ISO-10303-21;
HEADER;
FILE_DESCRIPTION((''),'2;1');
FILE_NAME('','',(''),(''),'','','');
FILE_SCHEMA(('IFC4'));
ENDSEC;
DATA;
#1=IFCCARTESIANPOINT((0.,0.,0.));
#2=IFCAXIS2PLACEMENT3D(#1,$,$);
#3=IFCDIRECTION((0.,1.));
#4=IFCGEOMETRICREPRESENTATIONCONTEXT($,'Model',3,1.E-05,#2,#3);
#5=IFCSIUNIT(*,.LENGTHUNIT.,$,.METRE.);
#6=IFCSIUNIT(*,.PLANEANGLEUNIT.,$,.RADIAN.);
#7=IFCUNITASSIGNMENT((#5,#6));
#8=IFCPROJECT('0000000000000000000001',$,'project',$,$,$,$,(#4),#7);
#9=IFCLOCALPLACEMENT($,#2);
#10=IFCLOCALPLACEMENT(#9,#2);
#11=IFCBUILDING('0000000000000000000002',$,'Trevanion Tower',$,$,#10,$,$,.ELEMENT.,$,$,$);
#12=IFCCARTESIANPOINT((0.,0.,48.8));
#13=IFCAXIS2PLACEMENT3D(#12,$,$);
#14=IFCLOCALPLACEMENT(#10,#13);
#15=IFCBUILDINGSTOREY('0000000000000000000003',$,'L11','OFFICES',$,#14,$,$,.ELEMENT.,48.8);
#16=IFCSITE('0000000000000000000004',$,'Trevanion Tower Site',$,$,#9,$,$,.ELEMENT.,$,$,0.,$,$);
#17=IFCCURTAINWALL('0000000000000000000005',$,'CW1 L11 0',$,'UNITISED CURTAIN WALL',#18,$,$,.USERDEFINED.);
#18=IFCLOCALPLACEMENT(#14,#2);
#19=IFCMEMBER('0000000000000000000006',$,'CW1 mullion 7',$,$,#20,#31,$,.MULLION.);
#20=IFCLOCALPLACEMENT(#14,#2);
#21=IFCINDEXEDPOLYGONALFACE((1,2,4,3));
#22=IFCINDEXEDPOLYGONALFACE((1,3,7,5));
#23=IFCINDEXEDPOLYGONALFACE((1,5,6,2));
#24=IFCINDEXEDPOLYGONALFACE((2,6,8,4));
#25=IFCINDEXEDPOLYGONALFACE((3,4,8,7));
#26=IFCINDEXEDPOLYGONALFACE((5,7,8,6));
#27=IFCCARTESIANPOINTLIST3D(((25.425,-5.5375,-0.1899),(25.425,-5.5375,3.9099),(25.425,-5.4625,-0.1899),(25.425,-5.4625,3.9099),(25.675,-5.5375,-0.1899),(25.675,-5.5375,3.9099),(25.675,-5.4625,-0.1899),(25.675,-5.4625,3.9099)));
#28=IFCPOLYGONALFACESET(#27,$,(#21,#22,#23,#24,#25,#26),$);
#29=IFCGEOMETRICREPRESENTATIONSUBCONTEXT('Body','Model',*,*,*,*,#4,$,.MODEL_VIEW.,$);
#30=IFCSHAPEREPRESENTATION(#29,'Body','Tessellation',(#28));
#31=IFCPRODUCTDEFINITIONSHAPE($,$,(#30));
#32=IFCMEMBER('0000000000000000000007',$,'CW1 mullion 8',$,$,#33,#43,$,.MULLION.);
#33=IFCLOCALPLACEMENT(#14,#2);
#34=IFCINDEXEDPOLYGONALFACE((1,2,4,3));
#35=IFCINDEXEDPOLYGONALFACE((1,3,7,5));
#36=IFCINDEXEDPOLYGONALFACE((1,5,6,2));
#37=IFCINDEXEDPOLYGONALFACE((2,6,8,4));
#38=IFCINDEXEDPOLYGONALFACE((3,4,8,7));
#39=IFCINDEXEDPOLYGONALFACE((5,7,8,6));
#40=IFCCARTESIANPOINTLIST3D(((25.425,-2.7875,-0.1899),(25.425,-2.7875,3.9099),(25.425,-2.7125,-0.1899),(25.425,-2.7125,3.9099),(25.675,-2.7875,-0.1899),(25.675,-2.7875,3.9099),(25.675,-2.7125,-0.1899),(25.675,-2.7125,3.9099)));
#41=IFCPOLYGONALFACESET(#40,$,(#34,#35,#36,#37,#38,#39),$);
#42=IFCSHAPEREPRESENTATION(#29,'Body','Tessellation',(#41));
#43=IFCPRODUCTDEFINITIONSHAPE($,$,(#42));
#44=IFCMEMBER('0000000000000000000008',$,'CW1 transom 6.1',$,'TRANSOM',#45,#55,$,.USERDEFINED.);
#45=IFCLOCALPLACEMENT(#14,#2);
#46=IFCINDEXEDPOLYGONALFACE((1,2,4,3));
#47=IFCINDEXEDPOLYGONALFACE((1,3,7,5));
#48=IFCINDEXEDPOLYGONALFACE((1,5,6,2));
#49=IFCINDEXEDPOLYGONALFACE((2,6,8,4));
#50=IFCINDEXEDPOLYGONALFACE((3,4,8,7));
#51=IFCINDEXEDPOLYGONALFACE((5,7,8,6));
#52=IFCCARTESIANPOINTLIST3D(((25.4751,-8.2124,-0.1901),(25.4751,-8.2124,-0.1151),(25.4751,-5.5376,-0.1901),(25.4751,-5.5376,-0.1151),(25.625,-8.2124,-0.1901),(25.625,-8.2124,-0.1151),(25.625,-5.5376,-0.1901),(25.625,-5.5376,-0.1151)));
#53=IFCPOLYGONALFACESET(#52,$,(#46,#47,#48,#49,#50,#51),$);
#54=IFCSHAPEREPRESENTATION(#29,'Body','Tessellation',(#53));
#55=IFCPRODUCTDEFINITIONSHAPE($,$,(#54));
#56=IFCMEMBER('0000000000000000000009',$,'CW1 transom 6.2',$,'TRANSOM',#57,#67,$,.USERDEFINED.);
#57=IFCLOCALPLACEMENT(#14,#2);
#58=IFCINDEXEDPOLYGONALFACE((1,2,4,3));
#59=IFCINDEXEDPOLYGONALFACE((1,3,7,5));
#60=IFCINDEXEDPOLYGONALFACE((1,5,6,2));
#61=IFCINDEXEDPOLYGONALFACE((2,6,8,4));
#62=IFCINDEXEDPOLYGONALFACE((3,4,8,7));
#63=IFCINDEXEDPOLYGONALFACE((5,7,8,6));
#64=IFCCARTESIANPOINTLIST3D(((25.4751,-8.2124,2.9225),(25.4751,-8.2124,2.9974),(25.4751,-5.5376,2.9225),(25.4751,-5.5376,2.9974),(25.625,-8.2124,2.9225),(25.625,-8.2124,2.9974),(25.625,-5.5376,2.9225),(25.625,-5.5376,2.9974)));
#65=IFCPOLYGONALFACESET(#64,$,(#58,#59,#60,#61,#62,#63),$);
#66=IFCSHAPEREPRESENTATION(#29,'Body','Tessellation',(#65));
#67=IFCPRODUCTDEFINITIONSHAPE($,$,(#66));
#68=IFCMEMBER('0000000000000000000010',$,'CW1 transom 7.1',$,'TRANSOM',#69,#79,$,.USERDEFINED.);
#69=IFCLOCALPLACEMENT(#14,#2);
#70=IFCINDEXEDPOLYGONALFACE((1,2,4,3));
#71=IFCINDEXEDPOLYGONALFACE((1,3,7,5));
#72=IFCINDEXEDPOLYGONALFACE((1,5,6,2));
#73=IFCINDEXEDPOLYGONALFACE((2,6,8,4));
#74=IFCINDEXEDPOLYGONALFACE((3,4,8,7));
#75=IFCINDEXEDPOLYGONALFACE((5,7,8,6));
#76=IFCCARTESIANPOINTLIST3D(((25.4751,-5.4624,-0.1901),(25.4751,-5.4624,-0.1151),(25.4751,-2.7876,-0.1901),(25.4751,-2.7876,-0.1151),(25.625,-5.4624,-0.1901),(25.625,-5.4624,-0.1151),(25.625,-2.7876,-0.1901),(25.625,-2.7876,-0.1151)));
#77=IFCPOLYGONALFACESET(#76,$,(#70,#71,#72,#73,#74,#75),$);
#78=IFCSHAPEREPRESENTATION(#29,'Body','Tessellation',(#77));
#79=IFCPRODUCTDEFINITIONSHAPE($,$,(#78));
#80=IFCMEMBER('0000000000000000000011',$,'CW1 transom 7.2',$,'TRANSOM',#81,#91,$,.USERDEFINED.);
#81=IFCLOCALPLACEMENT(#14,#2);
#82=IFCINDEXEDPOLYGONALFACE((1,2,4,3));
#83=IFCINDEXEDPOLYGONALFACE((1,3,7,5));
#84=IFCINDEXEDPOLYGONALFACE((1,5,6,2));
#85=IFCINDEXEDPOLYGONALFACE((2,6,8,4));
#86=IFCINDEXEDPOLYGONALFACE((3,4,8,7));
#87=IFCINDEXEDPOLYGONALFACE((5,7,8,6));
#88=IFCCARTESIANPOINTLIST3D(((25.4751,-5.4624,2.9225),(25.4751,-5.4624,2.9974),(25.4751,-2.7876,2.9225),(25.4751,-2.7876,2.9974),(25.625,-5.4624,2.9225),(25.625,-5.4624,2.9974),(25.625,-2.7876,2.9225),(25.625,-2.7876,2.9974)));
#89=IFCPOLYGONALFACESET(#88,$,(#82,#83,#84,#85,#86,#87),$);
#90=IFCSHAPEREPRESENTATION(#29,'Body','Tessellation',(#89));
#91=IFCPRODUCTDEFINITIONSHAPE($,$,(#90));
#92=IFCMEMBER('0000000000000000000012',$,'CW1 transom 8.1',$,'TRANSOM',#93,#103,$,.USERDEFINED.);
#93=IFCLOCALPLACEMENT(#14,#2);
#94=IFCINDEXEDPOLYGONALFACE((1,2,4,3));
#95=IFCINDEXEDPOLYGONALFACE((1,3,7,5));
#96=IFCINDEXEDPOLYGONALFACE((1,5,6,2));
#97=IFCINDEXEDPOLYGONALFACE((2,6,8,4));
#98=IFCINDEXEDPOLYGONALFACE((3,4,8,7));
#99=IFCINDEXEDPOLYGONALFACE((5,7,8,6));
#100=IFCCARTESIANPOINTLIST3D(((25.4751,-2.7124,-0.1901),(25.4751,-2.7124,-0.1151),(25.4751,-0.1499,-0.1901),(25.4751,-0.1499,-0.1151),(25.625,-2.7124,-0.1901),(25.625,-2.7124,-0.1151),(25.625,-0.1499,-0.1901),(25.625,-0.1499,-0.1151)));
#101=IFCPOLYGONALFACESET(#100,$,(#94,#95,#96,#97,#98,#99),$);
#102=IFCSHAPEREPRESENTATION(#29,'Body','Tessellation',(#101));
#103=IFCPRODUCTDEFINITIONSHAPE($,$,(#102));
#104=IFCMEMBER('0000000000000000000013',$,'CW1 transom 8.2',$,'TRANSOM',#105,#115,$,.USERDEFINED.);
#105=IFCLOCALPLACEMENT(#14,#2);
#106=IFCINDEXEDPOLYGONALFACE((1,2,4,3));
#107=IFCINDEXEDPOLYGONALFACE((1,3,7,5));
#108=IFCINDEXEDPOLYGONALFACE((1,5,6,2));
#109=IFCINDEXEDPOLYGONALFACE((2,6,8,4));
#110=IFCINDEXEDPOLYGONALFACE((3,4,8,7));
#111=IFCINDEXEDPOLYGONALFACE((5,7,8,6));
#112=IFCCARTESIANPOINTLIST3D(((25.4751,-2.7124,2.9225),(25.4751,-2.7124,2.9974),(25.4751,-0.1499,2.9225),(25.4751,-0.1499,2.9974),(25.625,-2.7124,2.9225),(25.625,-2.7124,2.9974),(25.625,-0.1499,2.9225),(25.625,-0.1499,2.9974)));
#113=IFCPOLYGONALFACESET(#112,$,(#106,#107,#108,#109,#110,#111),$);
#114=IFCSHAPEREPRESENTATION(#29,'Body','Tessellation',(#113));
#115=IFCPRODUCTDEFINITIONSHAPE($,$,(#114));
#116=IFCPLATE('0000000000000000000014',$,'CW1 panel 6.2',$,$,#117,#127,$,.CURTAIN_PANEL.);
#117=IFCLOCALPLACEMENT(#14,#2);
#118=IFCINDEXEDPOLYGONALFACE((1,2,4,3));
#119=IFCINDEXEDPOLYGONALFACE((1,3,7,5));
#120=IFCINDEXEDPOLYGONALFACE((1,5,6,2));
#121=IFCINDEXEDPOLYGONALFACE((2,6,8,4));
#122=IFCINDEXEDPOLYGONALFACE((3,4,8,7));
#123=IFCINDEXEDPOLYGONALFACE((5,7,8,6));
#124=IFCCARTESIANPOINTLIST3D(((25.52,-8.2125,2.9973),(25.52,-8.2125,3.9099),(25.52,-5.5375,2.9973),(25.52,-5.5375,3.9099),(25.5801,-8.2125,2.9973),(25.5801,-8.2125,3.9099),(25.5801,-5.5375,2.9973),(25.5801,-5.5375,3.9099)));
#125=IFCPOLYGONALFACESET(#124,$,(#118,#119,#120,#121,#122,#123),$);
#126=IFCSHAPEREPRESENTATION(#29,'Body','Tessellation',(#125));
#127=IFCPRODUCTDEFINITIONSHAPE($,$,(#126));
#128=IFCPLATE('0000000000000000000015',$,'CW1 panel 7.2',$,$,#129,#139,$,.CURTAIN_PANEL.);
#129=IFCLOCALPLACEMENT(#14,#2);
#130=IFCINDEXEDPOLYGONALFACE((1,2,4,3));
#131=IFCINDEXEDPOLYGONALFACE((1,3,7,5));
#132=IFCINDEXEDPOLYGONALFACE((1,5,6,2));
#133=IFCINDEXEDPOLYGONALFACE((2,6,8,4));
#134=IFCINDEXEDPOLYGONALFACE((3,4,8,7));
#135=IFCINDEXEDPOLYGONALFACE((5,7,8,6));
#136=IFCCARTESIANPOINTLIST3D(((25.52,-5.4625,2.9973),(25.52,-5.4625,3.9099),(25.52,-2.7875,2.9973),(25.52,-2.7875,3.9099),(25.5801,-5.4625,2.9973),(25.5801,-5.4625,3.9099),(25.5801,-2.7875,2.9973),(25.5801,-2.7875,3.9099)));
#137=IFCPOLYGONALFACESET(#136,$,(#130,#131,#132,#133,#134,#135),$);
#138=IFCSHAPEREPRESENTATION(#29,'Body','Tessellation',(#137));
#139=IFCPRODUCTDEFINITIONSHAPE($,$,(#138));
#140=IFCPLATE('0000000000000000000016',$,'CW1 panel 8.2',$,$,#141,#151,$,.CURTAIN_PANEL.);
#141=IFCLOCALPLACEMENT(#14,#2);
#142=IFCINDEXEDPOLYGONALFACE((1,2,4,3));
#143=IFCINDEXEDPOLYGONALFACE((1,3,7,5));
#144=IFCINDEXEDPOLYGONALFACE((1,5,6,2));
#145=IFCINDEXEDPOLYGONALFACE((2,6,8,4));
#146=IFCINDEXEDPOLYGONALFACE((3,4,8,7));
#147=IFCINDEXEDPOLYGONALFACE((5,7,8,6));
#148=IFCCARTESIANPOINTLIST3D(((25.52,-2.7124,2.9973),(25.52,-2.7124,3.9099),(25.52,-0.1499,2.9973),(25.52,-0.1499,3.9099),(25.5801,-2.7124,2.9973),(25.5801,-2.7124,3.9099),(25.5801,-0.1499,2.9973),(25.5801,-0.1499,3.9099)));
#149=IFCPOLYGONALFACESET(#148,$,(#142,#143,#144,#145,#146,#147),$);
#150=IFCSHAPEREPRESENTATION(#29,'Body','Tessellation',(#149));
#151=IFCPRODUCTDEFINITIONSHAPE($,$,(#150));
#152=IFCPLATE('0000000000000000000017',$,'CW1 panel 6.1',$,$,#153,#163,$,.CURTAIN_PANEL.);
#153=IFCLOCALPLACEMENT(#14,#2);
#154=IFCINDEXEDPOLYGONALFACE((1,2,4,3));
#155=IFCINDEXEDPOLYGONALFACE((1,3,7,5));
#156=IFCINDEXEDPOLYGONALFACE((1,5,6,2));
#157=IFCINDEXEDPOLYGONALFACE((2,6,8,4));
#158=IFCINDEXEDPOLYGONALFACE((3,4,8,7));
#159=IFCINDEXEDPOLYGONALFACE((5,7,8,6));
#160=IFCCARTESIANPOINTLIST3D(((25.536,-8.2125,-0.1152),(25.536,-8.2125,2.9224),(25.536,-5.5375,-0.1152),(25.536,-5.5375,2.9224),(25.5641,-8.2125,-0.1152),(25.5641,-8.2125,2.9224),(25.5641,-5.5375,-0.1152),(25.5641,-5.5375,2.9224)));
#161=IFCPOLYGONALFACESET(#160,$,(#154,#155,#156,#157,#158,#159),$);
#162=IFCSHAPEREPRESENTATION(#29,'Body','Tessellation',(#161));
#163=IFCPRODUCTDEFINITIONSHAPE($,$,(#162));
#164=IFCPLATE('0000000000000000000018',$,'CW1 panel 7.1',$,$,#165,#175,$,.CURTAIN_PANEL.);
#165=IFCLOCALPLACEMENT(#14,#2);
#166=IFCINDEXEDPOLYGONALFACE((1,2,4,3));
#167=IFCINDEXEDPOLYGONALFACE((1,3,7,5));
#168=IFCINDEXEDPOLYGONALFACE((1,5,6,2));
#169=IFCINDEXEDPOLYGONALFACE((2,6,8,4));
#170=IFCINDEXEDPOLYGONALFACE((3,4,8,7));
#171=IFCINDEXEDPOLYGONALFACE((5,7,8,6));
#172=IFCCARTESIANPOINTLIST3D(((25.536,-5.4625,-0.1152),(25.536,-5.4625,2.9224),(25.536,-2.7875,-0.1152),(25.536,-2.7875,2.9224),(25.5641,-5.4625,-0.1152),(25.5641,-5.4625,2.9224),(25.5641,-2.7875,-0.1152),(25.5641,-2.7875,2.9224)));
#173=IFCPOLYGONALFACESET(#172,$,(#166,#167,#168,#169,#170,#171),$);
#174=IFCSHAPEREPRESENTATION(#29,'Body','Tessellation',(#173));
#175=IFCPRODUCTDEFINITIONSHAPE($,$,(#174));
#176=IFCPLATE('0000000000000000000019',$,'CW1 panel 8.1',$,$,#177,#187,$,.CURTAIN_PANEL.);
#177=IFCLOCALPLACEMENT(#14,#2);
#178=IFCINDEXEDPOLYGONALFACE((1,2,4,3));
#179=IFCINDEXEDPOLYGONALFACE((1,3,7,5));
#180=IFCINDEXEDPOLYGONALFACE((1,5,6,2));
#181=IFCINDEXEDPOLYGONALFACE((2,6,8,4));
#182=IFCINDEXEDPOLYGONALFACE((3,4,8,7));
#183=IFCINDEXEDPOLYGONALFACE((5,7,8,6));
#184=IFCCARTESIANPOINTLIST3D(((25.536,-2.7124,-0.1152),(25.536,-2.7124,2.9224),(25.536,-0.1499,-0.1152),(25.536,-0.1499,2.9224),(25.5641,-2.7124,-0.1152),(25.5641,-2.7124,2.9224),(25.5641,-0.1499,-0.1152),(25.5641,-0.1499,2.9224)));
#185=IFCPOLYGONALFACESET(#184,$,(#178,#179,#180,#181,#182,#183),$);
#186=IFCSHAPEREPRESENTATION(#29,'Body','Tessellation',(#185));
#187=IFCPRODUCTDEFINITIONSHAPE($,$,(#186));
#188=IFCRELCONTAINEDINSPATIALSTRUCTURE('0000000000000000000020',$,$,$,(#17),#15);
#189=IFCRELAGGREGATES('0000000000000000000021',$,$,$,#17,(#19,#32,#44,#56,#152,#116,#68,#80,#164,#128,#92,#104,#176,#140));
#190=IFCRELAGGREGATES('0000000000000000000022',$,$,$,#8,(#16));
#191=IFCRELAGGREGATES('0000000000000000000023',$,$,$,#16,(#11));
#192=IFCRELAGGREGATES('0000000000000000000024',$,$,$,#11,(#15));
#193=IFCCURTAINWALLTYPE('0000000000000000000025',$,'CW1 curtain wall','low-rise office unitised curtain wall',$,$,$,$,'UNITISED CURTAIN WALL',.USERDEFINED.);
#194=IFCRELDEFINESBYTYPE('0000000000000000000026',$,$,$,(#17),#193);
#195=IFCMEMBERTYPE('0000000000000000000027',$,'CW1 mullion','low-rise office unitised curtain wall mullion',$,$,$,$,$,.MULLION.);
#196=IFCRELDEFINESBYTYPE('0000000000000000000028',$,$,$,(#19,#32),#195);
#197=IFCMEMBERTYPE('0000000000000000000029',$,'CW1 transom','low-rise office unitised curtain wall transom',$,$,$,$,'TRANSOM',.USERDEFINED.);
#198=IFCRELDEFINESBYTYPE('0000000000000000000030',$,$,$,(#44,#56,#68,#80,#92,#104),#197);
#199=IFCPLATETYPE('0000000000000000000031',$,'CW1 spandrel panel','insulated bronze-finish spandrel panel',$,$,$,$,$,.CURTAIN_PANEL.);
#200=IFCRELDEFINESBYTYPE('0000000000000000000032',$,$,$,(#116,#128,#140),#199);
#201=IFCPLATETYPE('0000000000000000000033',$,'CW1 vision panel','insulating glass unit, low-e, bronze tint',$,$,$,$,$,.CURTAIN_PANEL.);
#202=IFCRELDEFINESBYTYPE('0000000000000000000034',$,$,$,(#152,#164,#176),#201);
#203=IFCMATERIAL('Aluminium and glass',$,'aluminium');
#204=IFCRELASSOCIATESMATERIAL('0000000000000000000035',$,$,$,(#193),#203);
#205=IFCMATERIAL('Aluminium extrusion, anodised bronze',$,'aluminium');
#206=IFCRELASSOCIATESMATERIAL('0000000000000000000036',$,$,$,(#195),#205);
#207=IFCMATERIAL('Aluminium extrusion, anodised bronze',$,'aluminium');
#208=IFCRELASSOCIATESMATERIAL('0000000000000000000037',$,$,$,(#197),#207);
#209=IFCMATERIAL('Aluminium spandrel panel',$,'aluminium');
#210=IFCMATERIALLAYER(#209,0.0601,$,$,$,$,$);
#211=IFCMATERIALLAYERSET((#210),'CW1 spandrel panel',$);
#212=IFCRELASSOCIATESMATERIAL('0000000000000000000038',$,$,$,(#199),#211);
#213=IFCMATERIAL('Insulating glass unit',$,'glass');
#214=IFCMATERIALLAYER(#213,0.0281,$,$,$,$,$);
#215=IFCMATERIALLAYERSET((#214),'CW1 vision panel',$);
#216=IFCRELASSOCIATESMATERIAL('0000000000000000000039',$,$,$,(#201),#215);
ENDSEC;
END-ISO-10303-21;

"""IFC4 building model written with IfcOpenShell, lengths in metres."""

from ifc_helpers import new_model, si_unit, direction, frame, origin, origin_2d, place, context, subcontext, project, spatial, rectangle, extrude, material, layer, layer_set, material_profile, profile_set, type_object, element, aggregate, save


model = new_model("IFC4")

# Units and contexts
model_context = context("Model", 3, precision=1e-05, world=origin(), true_north=direction((0.0, 1.0)))
body_context = subcontext(model_context, "Body", "Model", "MODEL_VIEW")
ifc_project = project(units=[si_unit("LENGTHUNIT", "METRE"), si_unit("PLANEANGLEUNIT", "RADIAN")], contexts=[model_context])

# Site, building, storey
site_placement = place(None, origin())
site = spatial("IfcSite", under=ifc_project, at=site_placement, Name="Trevanion Tower Site", CompositionType="ELEMENT", RefElevation=0.0)
building_placement = place(site_placement, origin())
building = spatial("IfcBuilding", under=site, at=building_placement, Name="Trevanion Tower", CompositionType="ELEMENT")
storey_placement = place(building_placement, frame((0.0, 0.0, 48.8)))
storey = spatial("IfcBuildingStorey", under=building, at=storey_placement, Name="L11", Description="OFFICES", CompositionType="ELEMENT", Elevation=48.8)

# Curtain wall, members, plates
ifc_material_1 = material(Name="Aluminium and glass", Category="aluminium")
curtain_wall_type = type_object("IfcCurtainWallType", Name="CW1 curtain wall", Description="low-rise office unitised curtain wall", ElementType="UNITISED CURTAIN WALL", PredefinedType="USERDEFINED", material=ifc_material_1)
curtain_wall_placement = place(storey_placement, origin())
curtain_wall = element("IfcCurtainWall", 1, at=curtain_wall_placement, inside=storey, type_object=curtain_wall_type, Name="CW1 L11 0", ObjectType="UNITISED CURTAIN WALL", PredefinedType="USERDEFINED")
ifc_material_2 = material(Name="Aluminium extrusion, anodised bronze", Category="aluminium")
ifc_material_profile_1 = material_profile(ifc_material_2, rectangle(XDim=0.075, YDim=0.25, at=origin_2d()), Name="CW1 mullion")
ifc_profile_set_1 = profile_set([ifc_material_profile_1], Name="Aluminium extrusion, anodised bronze")
member_type_1 = type_object("IfcMemberType", Name="CW1 mullion", Description="low-rise office unitised curtain wall mullion", PredefinedType="MULLION", material=ifc_profile_set_1)
member_1_placement = place(storey_placement, frame((25.55, -5.5, -0.1899), z_axis=(0.0, 0.0, 1.0), x_axis=(0.0, 1.0, 0.0)))
member_1 = element("IfcMember", 2, at=member_1_placement, type_object=member_type_1, Name="CW1 mullion 7", PredefinedType="MULLION", context=body_context, shape_type="SweptSolid", body=[
    extrude(rectangle(XDim=0.075, YDim=0.25, at=origin_2d()), origin(), (0.0, 0.0, 1.0), 4.0999),
])
member_2_placement = place(storey_placement, frame((25.55, -2.75, -0.1899), z_axis=(0.0, 0.0, 1.0), x_axis=(0.0, 1.0, 0.0)))
member_2 = element("IfcMember", 3, at=member_2_placement, type_object=member_type_1, Name="CW1 mullion 8", PredefinedType="MULLION", context=body_context, shape_type="SweptSolid", body=[
    extrude(rectangle(XDim=0.075, YDim=0.25, at=origin_2d()), origin(), (0.0, 0.0, 1.0), 4.0999),
])
ifc_material_3 = material(Name="Aluminium extrusion, anodised bronze", Category="aluminium")
ifc_material_profile_2 = material_profile(ifc_material_3, rectangle(XDim=0.1499, YDim=0.075, at=origin_2d()), Name="CW1 transom")
ifc_profile_set_2 = profile_set([ifc_material_profile_2], Name="Aluminium extrusion, anodised bronze")
member_type_2 = type_object("IfcMemberType", Name="CW1 transom", Description="low-rise office unitised curtain wall transom", ElementType="TRANSOM", PredefinedType="USERDEFINED", material=ifc_profile_set_2)
member_3_placement = place(storey_placement, frame((25.55, -8.2124, -0.1526), z_axis=(0.0, 1.0, 0.0), x_axis=(-1.0, 0.0, 0.0)))
member_3 = element("IfcMember", 4, at=member_3_placement, type_object=member_type_2, Name="CW1 transom 6.1", ObjectType="TRANSOM", PredefinedType="USERDEFINED", context=body_context, shape_type="SweptSolid", body=[
    extrude(rectangle(XDim=0.1499, YDim=0.075, at=origin_2d()), origin(), (0.0, 0.0, 1.0), 2.6748),
])
member_4_placement = place(storey_placement, frame((25.55, -8.2124, 2.96), z_axis=(0.0, 1.0, 0.0), x_axis=(-1.0, 0.0, 0.0)))
member_4 = element("IfcMember", 5, at=member_4_placement, type_object=member_type_2, Name="CW1 transom 6.2", ObjectType="TRANSOM", PredefinedType="USERDEFINED", context=body_context, shape_type="SweptSolid", body=[
    extrude(rectangle(XDim=0.1499, YDim=0.075, at=origin_2d()), origin(), (0.0, 0.0, 1.0), 2.6748),
])
member_5_placement = place(storey_placement, frame((25.55, -5.4624, -0.1526), z_axis=(0.0, 1.0, 0.0), x_axis=(-1.0, 0.0, 0.0)))
member_5 = element("IfcMember", 6, at=member_5_placement, type_object=member_type_2, Name="CW1 transom 7.1", ObjectType="TRANSOM", PredefinedType="USERDEFINED", context=body_context, shape_type="SweptSolid", body=[
    extrude(rectangle(XDim=0.1499, YDim=0.075, at=origin_2d()), origin(), (0.0, 0.0, 1.0), 2.6748),
])
member_6_placement = place(storey_placement, frame((25.55, -5.4624, 2.96), z_axis=(0.0, 1.0, 0.0), x_axis=(-1.0, 0.0, 0.0)))
member_6 = element("IfcMember", 7, at=member_6_placement, type_object=member_type_2, Name="CW1 transom 7.2", ObjectType="TRANSOM", PredefinedType="USERDEFINED", context=body_context, shape_type="SweptSolid", body=[
    extrude(rectangle(XDim=0.1499, YDim=0.075, at=origin_2d()), origin(), (0.0, 0.0, 1.0), 2.6748),
])
member_7_placement = place(storey_placement, frame((25.55, -2.7124, -0.1526), z_axis=(0.0, 1.0, 0.0), x_axis=(-1.0, 0.0, 0.0)))
member_7 = element("IfcMember", 8, at=member_7_placement, type_object=member_type_2, Name="CW1 transom 8.1", ObjectType="TRANSOM", PredefinedType="USERDEFINED", context=body_context, shape_type="SweptSolid", body=[
    extrude(rectangle(XDim=0.1499, YDim=0.075, at=origin_2d()), origin(), (0.0, 0.0, 1.0), 2.5625),
])
member_8_placement = place(storey_placement, frame((25.55, -2.7124, 2.96), z_axis=(0.0, 1.0, 0.0), x_axis=(-1.0, 0.0, 0.0)))
member_8 = element("IfcMember", 9, at=member_8_placement, type_object=member_type_2, Name="CW1 transom 8.2", ObjectType="TRANSOM", PredefinedType="USERDEFINED", context=body_context, shape_type="SweptSolid", body=[
    extrude(rectangle(XDim=0.1499, YDim=0.075, at=origin_2d()), origin(), (0.0, 0.0, 1.0), 2.5625),
])
ifc_material_4 = material(Name="Aluminium spandrel panel", Category="aluminium")
ifc_layer_1 = layer(ifc_material_4, 0.0601)
ifc_layer_set_1 = layer_set([ifc_layer_1], Name="CW1 spandrel panel")
plate_type_1 = type_object("IfcPlateType", Name="CW1 spandrel panel", Description="insulated bronze-finish spandrel panel", PredefinedType="CURTAIN_PANEL", material=ifc_layer_set_1)
plate_1_placement = place(storey_placement, frame((25.55, -6.875, 2.9973), z_axis=(0.0, 0.0, 1.0), x_axis=(0.0, 1.0, 0.0)))
plate_1 = element("IfcPlate", 10, at=plate_1_placement, type_object=plate_type_1, Name="CW1 panel 6.2", PredefinedType="CURTAIN_PANEL", context=body_context, shape_type="SweptSolid", body=[
    extrude(rectangle(XDim=2.675, YDim=0.0601, at=origin_2d()), origin(), (0.0, 0.0, 1.0), 0.9126),
])
plate_2_placement = place(storey_placement, frame((25.55, -4.125, 2.9973), z_axis=(0.0, 0.0, 1.0), x_axis=(0.0, 1.0, 0.0)))
plate_2 = element("IfcPlate", 11, at=plate_2_placement, type_object=plate_type_1, Name="CW1 panel 7.2", PredefinedType="CURTAIN_PANEL", context=body_context, shape_type="SweptSolid", body=[
    extrude(rectangle(XDim=2.675, YDim=0.0601, at=origin_2d()), origin(), (0.0, 0.0, 1.0), 0.9126),
])
plate_3_placement = place(storey_placement, frame((25.55, -1.4312, 2.9973), z_axis=(0.0, 0.0, 1.0), x_axis=(0.0, 1.0, 0.0)))
plate_3 = element("IfcPlate", 12, at=plate_3_placement, type_object=plate_type_1, Name="CW1 panel 8.2", PredefinedType="CURTAIN_PANEL", context=body_context, shape_type="SweptSolid", body=[
    extrude(rectangle(XDim=2.5625, YDim=0.0601, at=origin_2d()), origin(), (0.0, 0.0, 1.0), 0.9126),
])
ifc_material_5 = material(Name="Insulating glass unit", Category="glass")
ifc_layer_2 = layer(ifc_material_5, 0.0281)
ifc_layer_set_2 = layer_set([ifc_layer_2], Name="CW1 vision panel")
plate_type_2 = type_object("IfcPlateType", Name="CW1 vision panel", Description="insulating glass unit, low-e, bronze tint", PredefinedType="CURTAIN_PANEL", material=ifc_layer_set_2)
plate_4_placement = place(storey_placement, frame((25.55, -6.875, -0.1152), z_axis=(0.0, 0.0, 1.0), x_axis=(0.0, 1.0, 0.0)))
plate_4 = element("IfcPlate", 13, at=plate_4_placement, type_object=plate_type_2, Name="CW1 panel 6.1", PredefinedType="CURTAIN_PANEL", context=body_context, shape_type="SweptSolid", body=[
    extrude(rectangle(XDim=2.675, YDim=0.0281, at=origin_2d()), origin(), (0.0, 0.0, 1.0), 3.0376),
])
plate_5_placement = place(storey_placement, frame((25.55, -4.125, -0.1152), z_axis=(0.0, 0.0, 1.0), x_axis=(0.0, 1.0, 0.0)))
plate_5 = element("IfcPlate", 14, at=plate_5_placement, type_object=plate_type_2, Name="CW1 panel 7.1", PredefinedType="CURTAIN_PANEL", context=body_context, shape_type="SweptSolid", body=[
    extrude(rectangle(XDim=2.675, YDim=0.0281, at=origin_2d()), origin(), (0.0, 0.0, 1.0), 3.0376),
])
plate_6_placement = place(storey_placement, frame((25.55, -1.4312, -0.1152), z_axis=(0.0, 0.0, 1.0), x_axis=(0.0, 1.0, 0.0)))
plate_6 = element("IfcPlate", 15, at=plate_6_placement, type_object=plate_type_2, Name="CW1 panel 8.1", PredefinedType="CURTAIN_PANEL", context=body_context, shape_type="SweptSolid", body=[
    extrude(rectangle(XDim=2.5625, YDim=0.0281, at=origin_2d()), origin(), (0.0, 0.0, 1.0), 3.0376),
])
aggregate(curtain_wall, [member_1, member_2, member_3, member_4, plate_4, plate_1, member_5, member_6, plate_5, plate_2, member_7, member_8, plate_6, plate_3])

save(model, "model.ifc")
